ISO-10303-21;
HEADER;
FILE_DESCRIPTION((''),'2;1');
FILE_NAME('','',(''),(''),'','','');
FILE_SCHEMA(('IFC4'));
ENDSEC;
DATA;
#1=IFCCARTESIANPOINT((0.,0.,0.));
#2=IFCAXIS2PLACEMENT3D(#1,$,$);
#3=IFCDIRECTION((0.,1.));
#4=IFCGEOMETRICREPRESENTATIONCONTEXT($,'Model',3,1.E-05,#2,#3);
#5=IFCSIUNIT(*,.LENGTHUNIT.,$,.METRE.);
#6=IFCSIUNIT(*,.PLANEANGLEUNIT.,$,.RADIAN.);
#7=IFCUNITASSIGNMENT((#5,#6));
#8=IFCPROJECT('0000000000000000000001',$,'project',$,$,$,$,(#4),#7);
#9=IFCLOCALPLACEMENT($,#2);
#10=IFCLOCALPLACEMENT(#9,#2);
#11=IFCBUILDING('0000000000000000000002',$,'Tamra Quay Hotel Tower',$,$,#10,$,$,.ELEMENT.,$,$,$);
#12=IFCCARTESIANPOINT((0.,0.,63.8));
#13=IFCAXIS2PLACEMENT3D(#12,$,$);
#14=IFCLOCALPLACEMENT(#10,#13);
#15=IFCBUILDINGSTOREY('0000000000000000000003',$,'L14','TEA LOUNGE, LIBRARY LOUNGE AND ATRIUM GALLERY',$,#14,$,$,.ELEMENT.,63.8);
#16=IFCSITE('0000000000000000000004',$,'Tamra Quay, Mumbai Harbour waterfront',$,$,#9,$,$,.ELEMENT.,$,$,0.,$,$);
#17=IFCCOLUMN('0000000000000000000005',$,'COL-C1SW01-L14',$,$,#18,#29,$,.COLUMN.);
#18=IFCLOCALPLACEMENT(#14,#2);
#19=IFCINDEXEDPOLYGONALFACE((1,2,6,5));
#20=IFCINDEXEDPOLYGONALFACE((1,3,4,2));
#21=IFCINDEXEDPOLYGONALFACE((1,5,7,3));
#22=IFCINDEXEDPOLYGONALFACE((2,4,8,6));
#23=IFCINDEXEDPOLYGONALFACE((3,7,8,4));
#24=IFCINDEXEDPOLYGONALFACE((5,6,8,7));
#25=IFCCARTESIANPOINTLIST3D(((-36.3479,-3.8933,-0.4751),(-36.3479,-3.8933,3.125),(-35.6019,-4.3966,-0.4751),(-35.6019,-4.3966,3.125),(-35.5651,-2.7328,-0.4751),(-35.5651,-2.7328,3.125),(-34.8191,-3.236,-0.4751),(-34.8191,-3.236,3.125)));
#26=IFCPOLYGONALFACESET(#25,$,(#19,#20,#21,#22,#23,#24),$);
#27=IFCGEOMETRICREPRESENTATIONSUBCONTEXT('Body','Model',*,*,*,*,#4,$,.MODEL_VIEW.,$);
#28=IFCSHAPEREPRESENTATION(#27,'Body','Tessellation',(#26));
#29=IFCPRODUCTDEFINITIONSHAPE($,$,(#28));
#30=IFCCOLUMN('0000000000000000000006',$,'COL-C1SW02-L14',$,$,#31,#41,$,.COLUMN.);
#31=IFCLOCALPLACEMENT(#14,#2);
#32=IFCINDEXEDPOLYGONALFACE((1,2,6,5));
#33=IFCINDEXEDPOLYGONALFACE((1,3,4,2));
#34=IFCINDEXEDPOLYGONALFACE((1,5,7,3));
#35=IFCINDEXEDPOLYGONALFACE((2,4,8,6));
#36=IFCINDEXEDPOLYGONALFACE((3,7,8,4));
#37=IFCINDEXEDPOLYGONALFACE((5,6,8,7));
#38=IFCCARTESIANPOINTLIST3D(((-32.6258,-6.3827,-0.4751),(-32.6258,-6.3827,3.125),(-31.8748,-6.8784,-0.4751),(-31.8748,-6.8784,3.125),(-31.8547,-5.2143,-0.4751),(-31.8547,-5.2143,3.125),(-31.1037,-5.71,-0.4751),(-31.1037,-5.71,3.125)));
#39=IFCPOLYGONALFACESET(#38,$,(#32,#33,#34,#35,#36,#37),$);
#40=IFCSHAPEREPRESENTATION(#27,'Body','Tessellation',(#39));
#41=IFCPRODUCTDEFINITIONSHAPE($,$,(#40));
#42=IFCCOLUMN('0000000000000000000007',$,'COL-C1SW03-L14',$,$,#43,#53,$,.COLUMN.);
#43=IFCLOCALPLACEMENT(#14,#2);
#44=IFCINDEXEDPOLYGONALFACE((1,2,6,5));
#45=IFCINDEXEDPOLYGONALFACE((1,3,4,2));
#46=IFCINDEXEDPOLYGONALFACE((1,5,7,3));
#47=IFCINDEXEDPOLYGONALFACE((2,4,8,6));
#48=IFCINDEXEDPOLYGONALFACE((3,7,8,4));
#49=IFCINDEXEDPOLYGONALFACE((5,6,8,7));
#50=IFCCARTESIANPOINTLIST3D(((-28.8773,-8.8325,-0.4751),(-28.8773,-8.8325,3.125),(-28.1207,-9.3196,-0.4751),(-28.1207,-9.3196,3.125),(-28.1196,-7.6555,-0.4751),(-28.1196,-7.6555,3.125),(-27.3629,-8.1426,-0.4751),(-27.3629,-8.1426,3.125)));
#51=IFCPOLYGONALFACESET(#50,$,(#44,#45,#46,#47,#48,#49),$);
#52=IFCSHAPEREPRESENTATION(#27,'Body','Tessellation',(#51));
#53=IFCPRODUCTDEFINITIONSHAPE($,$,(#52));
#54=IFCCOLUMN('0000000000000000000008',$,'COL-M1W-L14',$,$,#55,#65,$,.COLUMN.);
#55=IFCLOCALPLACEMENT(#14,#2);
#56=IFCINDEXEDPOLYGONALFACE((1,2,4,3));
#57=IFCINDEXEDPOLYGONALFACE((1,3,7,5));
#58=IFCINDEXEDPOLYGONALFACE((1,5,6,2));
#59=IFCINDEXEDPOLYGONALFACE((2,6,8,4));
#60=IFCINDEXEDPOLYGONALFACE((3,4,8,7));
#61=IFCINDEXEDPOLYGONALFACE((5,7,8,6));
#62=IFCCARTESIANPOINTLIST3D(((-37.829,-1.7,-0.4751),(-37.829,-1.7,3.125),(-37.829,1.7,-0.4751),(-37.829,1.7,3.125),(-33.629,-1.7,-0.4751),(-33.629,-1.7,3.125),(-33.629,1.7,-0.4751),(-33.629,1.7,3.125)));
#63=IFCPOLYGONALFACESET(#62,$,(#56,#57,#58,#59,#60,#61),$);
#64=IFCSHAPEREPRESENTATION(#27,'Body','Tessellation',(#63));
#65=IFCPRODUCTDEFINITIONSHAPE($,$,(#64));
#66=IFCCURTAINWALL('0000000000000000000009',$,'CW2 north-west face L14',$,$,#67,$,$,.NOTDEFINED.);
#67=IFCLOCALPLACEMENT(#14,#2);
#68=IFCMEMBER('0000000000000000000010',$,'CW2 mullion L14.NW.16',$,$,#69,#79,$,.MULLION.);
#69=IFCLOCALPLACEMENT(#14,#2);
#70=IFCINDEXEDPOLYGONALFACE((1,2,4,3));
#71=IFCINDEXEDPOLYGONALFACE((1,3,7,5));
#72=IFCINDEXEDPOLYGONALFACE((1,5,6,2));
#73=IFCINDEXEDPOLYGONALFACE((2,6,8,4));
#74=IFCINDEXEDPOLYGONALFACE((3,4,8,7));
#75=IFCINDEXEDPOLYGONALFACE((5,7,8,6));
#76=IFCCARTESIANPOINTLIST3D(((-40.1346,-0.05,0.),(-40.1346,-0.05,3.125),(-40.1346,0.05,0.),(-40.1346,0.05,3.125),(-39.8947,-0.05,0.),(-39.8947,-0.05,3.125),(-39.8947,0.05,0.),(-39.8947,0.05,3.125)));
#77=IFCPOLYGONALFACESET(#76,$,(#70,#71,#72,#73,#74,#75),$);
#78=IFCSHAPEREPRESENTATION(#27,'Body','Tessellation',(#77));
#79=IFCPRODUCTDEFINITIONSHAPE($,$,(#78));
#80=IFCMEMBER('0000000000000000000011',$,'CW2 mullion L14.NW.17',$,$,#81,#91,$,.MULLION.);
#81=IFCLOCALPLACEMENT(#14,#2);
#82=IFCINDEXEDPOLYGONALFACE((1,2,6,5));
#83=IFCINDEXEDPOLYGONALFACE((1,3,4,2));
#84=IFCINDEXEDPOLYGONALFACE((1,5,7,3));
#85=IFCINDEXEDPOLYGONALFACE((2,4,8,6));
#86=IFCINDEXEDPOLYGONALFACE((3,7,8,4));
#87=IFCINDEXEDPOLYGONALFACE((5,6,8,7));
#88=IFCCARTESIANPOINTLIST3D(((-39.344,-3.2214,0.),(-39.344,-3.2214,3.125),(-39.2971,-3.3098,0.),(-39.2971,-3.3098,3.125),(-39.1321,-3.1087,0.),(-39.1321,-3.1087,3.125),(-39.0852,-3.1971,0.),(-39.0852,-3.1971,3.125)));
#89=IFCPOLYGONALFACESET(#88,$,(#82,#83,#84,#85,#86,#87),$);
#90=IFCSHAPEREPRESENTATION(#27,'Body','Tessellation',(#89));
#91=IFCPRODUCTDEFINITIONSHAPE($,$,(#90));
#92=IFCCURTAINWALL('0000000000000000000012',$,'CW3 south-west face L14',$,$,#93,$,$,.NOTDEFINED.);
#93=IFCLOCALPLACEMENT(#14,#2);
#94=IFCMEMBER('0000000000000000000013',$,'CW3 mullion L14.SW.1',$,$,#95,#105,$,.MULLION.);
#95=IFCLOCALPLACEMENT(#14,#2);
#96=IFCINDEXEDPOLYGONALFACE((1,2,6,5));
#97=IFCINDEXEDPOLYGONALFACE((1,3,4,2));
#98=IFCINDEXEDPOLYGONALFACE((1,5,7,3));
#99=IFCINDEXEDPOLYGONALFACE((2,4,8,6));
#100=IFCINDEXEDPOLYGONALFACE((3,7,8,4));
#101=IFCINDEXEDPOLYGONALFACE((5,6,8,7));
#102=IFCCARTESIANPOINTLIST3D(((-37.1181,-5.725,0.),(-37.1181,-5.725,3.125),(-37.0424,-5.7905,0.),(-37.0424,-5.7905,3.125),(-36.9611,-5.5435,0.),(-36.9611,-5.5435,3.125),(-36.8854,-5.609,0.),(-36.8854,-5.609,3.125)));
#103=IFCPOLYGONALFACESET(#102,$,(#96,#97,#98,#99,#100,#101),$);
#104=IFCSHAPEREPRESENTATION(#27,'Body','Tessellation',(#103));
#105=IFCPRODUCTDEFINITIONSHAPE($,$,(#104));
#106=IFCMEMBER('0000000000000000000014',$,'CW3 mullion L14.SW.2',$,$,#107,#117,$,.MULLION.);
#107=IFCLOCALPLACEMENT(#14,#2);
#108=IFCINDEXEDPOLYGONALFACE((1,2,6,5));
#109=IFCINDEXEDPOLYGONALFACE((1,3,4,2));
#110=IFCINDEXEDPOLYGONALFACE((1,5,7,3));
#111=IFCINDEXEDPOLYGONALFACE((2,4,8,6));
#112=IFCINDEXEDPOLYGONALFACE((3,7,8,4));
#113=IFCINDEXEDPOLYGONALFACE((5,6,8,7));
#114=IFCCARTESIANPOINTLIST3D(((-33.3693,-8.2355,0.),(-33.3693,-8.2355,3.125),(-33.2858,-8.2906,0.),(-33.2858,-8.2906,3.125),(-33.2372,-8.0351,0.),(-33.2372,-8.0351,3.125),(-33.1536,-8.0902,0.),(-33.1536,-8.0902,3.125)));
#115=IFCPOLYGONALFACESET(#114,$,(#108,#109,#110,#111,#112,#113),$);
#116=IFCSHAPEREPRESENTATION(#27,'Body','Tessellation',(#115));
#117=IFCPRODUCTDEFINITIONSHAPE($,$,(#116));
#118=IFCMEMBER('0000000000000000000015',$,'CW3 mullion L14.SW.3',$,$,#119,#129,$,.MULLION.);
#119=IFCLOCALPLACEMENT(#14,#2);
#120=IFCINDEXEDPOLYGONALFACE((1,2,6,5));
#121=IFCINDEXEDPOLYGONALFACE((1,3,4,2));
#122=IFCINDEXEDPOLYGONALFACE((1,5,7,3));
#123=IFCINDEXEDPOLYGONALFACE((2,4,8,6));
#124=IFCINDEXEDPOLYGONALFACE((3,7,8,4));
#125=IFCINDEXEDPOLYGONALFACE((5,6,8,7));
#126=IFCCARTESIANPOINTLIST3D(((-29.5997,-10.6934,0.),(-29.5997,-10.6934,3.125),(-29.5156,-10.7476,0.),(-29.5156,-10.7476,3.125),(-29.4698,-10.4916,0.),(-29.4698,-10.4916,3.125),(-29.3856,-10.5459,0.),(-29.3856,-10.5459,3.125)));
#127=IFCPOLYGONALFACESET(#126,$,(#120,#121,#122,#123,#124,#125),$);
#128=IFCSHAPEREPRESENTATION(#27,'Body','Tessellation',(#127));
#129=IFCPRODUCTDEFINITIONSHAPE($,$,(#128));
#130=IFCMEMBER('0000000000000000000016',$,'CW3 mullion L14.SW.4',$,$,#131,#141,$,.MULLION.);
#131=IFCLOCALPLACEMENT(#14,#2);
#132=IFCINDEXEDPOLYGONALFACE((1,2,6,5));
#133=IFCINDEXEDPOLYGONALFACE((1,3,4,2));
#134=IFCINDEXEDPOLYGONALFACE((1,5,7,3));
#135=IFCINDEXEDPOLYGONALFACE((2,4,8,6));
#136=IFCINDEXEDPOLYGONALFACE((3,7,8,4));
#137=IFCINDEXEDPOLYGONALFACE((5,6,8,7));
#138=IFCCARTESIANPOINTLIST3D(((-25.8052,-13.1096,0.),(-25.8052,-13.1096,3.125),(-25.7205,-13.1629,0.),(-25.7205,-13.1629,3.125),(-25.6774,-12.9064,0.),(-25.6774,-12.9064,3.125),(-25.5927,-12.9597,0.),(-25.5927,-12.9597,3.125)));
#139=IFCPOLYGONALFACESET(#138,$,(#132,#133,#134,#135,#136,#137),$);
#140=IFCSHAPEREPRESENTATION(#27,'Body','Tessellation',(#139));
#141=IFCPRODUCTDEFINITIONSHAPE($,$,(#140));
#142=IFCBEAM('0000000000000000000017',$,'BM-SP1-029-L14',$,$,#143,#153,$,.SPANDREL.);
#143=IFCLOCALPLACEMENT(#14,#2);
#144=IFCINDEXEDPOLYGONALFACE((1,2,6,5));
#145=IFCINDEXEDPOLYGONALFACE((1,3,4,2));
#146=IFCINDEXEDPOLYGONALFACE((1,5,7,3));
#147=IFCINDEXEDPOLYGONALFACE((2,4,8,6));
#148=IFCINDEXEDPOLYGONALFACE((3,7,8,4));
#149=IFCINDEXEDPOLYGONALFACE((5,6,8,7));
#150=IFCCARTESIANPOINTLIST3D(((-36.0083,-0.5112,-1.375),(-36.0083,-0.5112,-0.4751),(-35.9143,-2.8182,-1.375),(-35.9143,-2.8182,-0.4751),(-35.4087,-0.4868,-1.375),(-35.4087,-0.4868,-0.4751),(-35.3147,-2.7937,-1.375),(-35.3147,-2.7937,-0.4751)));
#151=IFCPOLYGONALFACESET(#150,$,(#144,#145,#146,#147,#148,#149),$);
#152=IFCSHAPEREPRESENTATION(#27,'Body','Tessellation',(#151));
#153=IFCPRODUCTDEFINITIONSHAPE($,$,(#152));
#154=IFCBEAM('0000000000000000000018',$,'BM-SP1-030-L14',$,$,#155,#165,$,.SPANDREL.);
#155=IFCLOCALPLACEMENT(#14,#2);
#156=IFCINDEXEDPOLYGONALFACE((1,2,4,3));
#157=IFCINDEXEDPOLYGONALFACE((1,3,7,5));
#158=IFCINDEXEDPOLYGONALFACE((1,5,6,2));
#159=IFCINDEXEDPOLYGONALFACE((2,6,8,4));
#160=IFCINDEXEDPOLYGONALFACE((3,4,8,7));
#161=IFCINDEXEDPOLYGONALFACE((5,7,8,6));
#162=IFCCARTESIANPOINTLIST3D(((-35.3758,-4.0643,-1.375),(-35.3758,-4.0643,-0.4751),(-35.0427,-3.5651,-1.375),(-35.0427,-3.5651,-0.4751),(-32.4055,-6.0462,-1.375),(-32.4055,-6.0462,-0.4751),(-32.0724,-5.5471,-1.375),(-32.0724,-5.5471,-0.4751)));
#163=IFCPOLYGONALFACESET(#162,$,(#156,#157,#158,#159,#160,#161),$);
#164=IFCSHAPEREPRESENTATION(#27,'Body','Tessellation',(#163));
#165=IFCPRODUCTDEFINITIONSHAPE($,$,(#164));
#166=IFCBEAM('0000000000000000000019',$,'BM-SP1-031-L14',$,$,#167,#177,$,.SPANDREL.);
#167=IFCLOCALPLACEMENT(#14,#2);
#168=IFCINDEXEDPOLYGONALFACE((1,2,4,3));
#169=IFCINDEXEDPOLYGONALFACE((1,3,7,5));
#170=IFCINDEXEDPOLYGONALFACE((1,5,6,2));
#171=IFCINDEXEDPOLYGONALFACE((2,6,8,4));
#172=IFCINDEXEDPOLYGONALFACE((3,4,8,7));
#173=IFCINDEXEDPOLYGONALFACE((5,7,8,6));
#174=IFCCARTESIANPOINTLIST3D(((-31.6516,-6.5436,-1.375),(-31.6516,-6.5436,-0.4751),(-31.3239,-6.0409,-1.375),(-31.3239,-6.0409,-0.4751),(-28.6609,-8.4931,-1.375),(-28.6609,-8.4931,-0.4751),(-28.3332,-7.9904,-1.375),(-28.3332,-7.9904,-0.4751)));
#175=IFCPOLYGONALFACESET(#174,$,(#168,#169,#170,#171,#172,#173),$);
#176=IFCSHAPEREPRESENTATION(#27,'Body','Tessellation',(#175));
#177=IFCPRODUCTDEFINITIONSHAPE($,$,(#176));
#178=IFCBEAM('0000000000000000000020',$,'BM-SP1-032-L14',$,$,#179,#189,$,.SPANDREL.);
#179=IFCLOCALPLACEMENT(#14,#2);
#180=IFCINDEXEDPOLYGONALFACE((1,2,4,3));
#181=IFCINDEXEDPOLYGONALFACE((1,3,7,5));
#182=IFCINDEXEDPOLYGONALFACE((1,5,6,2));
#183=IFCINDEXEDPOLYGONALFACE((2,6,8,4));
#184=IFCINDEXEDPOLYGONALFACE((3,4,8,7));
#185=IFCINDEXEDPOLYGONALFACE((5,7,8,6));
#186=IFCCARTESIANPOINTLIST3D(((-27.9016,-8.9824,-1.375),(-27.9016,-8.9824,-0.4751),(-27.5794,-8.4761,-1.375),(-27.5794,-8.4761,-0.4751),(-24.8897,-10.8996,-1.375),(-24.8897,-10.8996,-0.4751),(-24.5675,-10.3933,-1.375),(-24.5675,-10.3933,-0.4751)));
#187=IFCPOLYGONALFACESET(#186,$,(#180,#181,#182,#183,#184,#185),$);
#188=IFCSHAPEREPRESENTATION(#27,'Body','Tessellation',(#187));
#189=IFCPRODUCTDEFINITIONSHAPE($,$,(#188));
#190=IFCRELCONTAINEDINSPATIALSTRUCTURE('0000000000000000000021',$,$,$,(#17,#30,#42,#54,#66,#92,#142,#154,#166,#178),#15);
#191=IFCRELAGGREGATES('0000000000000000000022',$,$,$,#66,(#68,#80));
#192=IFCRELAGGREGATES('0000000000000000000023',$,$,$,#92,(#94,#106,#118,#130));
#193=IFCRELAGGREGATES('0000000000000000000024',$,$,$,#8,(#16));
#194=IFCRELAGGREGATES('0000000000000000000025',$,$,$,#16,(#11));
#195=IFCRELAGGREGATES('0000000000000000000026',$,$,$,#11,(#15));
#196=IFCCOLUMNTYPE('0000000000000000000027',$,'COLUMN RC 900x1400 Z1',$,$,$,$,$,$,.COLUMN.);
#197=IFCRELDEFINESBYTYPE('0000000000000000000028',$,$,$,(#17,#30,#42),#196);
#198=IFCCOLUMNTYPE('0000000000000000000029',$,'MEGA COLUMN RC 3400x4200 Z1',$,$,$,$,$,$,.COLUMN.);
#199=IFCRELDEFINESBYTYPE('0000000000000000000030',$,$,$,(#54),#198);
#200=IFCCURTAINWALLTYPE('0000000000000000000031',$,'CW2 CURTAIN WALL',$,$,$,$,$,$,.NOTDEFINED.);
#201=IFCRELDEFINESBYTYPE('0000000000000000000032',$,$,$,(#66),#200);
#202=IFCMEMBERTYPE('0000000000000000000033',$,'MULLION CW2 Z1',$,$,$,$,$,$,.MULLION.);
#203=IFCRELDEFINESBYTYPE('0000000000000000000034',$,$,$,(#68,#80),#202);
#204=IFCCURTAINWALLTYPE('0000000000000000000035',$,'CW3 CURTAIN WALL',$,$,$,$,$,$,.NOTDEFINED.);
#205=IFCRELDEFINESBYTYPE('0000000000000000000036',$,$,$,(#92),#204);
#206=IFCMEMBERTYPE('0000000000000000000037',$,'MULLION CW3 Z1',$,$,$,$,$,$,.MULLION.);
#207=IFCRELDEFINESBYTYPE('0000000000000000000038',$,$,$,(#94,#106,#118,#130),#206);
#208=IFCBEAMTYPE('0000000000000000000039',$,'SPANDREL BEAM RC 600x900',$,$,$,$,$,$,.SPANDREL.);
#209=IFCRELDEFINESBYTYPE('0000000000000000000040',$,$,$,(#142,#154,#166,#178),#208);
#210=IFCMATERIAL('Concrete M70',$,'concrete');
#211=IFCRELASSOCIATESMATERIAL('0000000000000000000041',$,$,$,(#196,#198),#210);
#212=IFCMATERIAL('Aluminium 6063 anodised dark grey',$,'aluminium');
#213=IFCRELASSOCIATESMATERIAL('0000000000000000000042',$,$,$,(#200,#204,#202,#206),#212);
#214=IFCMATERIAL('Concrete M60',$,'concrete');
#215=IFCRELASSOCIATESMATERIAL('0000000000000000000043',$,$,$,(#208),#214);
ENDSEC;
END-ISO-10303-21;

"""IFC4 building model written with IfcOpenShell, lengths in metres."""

from ifc_helpers import new_model, si_unit, direction, frame, origin, origin_2d, place, context, subcontext, project, spatial, rectangle, extrude, material, material_profile, profile_set, type_object, element, aggregate, save


model = new_model("IFC4")

# Units and contexts
model_context = context("Model", 3, precision=1e-05, world=origin(), true_north=direction((0.0, 1.0)))
body_context = subcontext(model_context, "Body", "Model", "MODEL_VIEW")
ifc_project = project(units=[si_unit("LENGTHUNIT", "METRE"), si_unit("PLANEANGLEUNIT", "RADIAN")], contexts=[model_context])

# Site, building, storey
site_placement = place(None, origin())
site = spatial("IfcSite", under=ifc_project, at=site_placement, Name="Tamra Quay, Mumbai Harbour waterfront", CompositionType="ELEMENT", RefElevation=0.0)
building_placement = place(site_placement, origin())
building = spatial("IfcBuilding", under=site, at=building_placement, Name="Tamra Quay Hotel Tower", CompositionType="ELEMENT")
storey_placement = place(building_placement, frame((0.0, 0.0, 63.8)))
storey = spatial("IfcBuildingStorey", under=building, at=storey_placement, Name="L14", Description="TEA LOUNGE, LIBRARY LOUNGE AND ATRIUM GALLERY", CompositionType="ELEMENT", Elevation=63.8)

# Columns
ifc_material_1 = material(Name="Concrete M70", Category="concrete")
ifc_material_profile_1 = material_profile(ifc_material_1, rectangle(XDim=1.3999, YDim=0.8999, at=origin_2d()), Name="COLUMN RC 900x1400 Z1")
ifc_profile_set_1 = profile_set([ifc_material_profile_1], Name="Concrete M70")
column_type_1 = type_object("IfcColumnType", Name="COLUMN RC 900x1400 Z1", PredefinedType="COLUMN", material=ifc_profile_set_1)
for number, where, z_axis, x_axis, name in (
    (1, (-35.5835, -3.5647, -0.4751), (0.0, 0.0, 1.0), (0.55922, 0.829019, 0.0), "COL-C1SW01-L14"),
    (2, (-31.8647, -6.0464, -0.4751), (0.0, 0.0, 1.0), (0.550838, 0.834612, 0.0), "COL-C1SW02-L14"),
    (3, (-28.1201, -8.4875, -0.4751), (0.0, 0.0, 1.0), (0.541283, 0.840841, 0.0), "COL-C1SW03-L14"),
):
    element("IfcColumn", number, at=place(storey_placement, frame(where, z_axis=z_axis, x_axis=x_axis)), inside=storey, type_object=column_type_1, Name=name, PredefinedType="COLUMN", context=body_context, shape_type="SweptSolid", body=[
        extrude(rectangle(XDim=1.3999, YDim=0.8999, at=origin_2d()), origin(), (0.0, 0.0, 1.0), 3.6001),
    ])
ifc_material_profile_2 = material_profile(ifc_material_1, rectangle(XDim=4.2, YDim=3.3999, at=origin_2d()), Name="MEGA COLUMN RC 3400x4200 Z1")
ifc_profile_set_2 = profile_set([ifc_material_profile_2], Name="Concrete M70")
column_type_2 = type_object("IfcColumnType", Name="MEGA COLUMN RC 3400x4200 Z1", PredefinedType="COLUMN", material=ifc_profile_set_2)
column_placement = place(storey_placement, frame((-35.729, 0.0, -0.4751), z_axis=(0.0, 0.0, 1.0), x_axis=(1.0, 0.0, 0.0)))
element("IfcColumn", 4, at=column_placement, inside=storey, type_object=column_type_2, Name="COL-M1W-L14", PredefinedType="COLUMN", context=body_context, shape_type="SweptSolid", body=[
    extrude(rectangle(XDim=4.2, YDim=3.3999, at=origin_2d()), origin(), (0.0, 0.0, 1.0), 3.6001),
])

# Curtain walls, members
ifc_material_2 = material(Name="Aluminium 6063 anodised dark grey", Category="aluminium")
curtain_wall_type_1 = type_object("IfcCurtainWallType", Name="CW2 CURTAIN WALL", PredefinedType="NOTDEFINED", material=ifc_material_2)
curtain_wall_1_placement = place(storey_placement, origin())
curtain_wall_1 = element("IfcCurtainWall", 5, at=curtain_wall_1_placement, inside=storey, type_object=curtain_wall_type_1, Name="CW2 north-west face L14", PredefinedType="NOTDEFINED")
ifc_material_profile_3 = material_profile(ifc_material_2, rectangle(XDim=0.24, YDim=0.1001, at=origin_2d()), Name="MULLION 100X240")
ifc_profile_set_3 = profile_set([ifc_material_profile_3], Name="Aluminium 6063 anodised dark grey")
member_type_1 = type_object("IfcMemberType", Name="MULLION CW2 Z1", PredefinedType="MULLION", material=ifc_profile_set_3)
member_1_placement = place(storey_placement, frame((-40.0146, 0.0, 0.0), z_axis=(0.0, 0.0, 1.0), x_axis=(-1.0, 0.0, 0.0)))
member_1 = element("IfcMember", 6, at=member_1_placement, type_object=member_type_1, Name="CW2 mullion L14.NW.16", PredefinedType="MULLION", context=body_context, shape_type="SweptSolid", body=[
    extrude(rectangle(XDim=0.24, YDim=0.1001, at=origin_2d()), origin(), (0.0, 0.0, 1.0), 3.125),
])
member_2_placement = place(storey_placement, frame((-39.2146, -3.2092, 0.0), z_axis=(0.0, 0.0, 1.0), x_axis=(-0.882955, -0.469457, 0.0)))
member_2 = element("IfcMember", 7, at=member_2_placement, type_object=member_type_1, Name="CW2 mullion L14.NW.17", PredefinedType="MULLION", context=body_context, shape_type="SweptSolid", body=[
    extrude(rectangle(XDim=0.24, YDim=0.1001, at=origin_2d()), origin(), (0.0, 0.0, 1.0), 3.125),
])
curtain_wall_type_2 = type_object("IfcCurtainWallType", Name="CW3 CURTAIN WALL", PredefinedType="NOTDEFINED", material=ifc_material_2)
curtain_wall_2_placement = place(storey_placement, origin())
curtain_wall_2 = element("IfcCurtainWall", 8, at=curtain_wall_2_placement, inside=storey, type_object=curtain_wall_type_2, Name="CW3 south-west face L14", PredefinedType="NOTDEFINED")
ifc_material_profile_4 = material_profile(ifc_material_2, rectangle(XDim=0.24, YDim=0.1001, at=origin_2d()), Name="MULLION 100X240")
ifc_profile_set_4 = profile_set([ifc_material_profile_4], Name="Aluminium 6063 anodised dark grey")
member_type_2 = type_object("IfcMemberType", Name="MULLION CW3 Z1", PredefinedType="MULLION", material=ifc_profile_set_4)
member_3_placement = place(storey_placement, frame((-37.0017, -5.667, 0.0), z_axis=(0.0, 0.0, 1.0), x_axis=(-0.654197, -0.756324, 0.0)))
member_3 = element("IfcMember", 9, at=member_3_placement, type_object=member_type_2, Name="CW3 mullion L14.SW.1", PredefinedType="MULLION", context=body_context, shape_type="SweptSolid", body=[
    extrude(rectangle(XDim=0.24, YDim=0.1001, at=origin_2d()), origin(), (0.0, 0.0, 1.0), 3.125),
])
member_4_placement = place(storey_placement, frame((-33.2615, -8.1628, 0.0), z_axis=(0.0, 0.0, 1.0), x_axis=(-0.550591, -0.834775, 0.0)))
member_4 = element("IfcMember", 10, at=member_4_placement, type_object=member_type_2, Name="CW3 mullion L14.SW.2", PredefinedType="MULLION", context=body_context, shape_type="SweptSolid", body=[
    extrude(rectangle(XDim=0.24, YDim=0.1001, at=origin_2d()), origin(), (0.0, 0.0, 1.0), 3.125),
])
member_5_placement = place(storey_placement, frame((-29.4927, -10.6196, 0.0), z_axis=(0.0, 0.0, 1.0), x_axis=(-0.541561, -0.840662, 0.0)))
member_5 = element("IfcMember", 11, at=member_5_placement, type_object=member_type_2, Name="CW3 mullion L14.SW.3", PredefinedType="MULLION", context=body_context, shape_type="SweptSolid", body=[
    extrude(rectangle(XDim=0.24, YDim=0.1001, at=origin_2d()), origin(), (0.0, 0.0, 1.0), 3.125),
])
member_6_placement = place(storey_placement, frame((-25.699, -13.0347, 0.0), z_axis=(0.0, 0.0, 1.0), x_axis=(-0.532447, -0.846463, 0.0)))
member_6 = element("IfcMember", 12, at=member_6_placement, type_object=member_type_2, Name="CW3 mullion L14.SW.4", PredefinedType="MULLION", context=body_context, shape_type="SweptSolid", body=[
    extrude(rectangle(XDim=0.24, YDim=0.1001, at=origin_2d()), origin(), (0.0, 0.0, 1.0), 3.125),
])

# Beams
ifc_material_3 = material(Name="Concrete M60", Category="concrete")
ifc_material_profile_5 = material_profile(ifc_material_3, rectangle(XDim=0.6001, YDim=0.8999, at=origin_2d()), Name="SPANDREL BEAM RC 600x900")
ifc_profile_set_5 = profile_set([ifc_material_profile_5], Name="Concrete M60")
beam_type = type_object("IfcBeamType", Name="SPANDREL BEAM RC 600x900", PredefinedType="SPANDREL", material=ifc_profile_set_5)
beam_1_placement = place(storey_placement, frame((-35.7085, -0.499, -0.925), z_axis=(0.040711, -0.999171, 0.0), x_axis=(0.999171, 0.040711, 0.0)))
element("IfcBeam", 13, at=beam_1_placement, inside=storey, type_object=beam_type, Name="BM-SP1-029-L14", PredefinedType="SPANDREL", context=body_context, shape_type="SweptSolid", body=[
    extrude(rectangle(XDim=0.6001, YDim=0.8999, at=origin_2d()), origin(), (0.0, 0.0, 1.0), 2.3088),
])
beam_2_placement = place(storey_placement, frame((-35.2092, -3.8147, -0.925), z_axis=(0.831819, -0.555047, 0.0), x_axis=(0.555047, 0.831819, 0.0)))
element("IfcBeam", 14, at=beam_2_placement, inside=storey, type_object=beam_type, Name="BM-SP1-030-L14", PredefinedType="SPANDREL", context=body_context, shape_type="SweptSolid", body=[
    extrude(rectangle(XDim=0.6001, YDim=0.8999, at=origin_2d()), origin(), (0.0, 0.0, 1.0), 3.5708),
])
beam_3_placement = place(storey_placement, frame((-31.4878, -6.2922, -0.925), z_axis=(0.83774, -0.54607, 0.0), x_axis=(0.54607, 0.83774, 0.0)))
element("IfcBeam", 15, at=beam_3_placement, inside=storey, type_object=beam_type, Name="BM-SP1-031-L14", PredefinedType="SPANDREL", context=body_context, shape_type="SweptSolid", body=[
    extrude(rectangle(XDim=0.6001, YDim=0.8999, at=origin_2d()), origin(), (0.0, 0.0, 1.0), 3.5701),
])
beam_4_placement = place(storey_placement, frame((-27.7405, -8.7292, -0.925), z_axis=(0.843594, -0.536982, 0.0), x_axis=(0.536982, 0.843594, 0.0)))
element("IfcBeam", 16, at=beam_4_placement, inside=storey, type_object=beam_type, Name="BM-SP1-032-L14", PredefinedType="SPANDREL", context=body_context, shape_type="SweptSolid", body=[
    extrude(rectangle(XDim=0.6001, YDim=0.8999, at=origin_2d()), origin(), (0.0, 0.0, 1.0), 3.5703),
])

aggregate(curtain_wall_1, [member_1, member_2])
aggregate(curtain_wall_2, [member_3, member_4, member_5, member_6])

save(model, "model.ifc")
